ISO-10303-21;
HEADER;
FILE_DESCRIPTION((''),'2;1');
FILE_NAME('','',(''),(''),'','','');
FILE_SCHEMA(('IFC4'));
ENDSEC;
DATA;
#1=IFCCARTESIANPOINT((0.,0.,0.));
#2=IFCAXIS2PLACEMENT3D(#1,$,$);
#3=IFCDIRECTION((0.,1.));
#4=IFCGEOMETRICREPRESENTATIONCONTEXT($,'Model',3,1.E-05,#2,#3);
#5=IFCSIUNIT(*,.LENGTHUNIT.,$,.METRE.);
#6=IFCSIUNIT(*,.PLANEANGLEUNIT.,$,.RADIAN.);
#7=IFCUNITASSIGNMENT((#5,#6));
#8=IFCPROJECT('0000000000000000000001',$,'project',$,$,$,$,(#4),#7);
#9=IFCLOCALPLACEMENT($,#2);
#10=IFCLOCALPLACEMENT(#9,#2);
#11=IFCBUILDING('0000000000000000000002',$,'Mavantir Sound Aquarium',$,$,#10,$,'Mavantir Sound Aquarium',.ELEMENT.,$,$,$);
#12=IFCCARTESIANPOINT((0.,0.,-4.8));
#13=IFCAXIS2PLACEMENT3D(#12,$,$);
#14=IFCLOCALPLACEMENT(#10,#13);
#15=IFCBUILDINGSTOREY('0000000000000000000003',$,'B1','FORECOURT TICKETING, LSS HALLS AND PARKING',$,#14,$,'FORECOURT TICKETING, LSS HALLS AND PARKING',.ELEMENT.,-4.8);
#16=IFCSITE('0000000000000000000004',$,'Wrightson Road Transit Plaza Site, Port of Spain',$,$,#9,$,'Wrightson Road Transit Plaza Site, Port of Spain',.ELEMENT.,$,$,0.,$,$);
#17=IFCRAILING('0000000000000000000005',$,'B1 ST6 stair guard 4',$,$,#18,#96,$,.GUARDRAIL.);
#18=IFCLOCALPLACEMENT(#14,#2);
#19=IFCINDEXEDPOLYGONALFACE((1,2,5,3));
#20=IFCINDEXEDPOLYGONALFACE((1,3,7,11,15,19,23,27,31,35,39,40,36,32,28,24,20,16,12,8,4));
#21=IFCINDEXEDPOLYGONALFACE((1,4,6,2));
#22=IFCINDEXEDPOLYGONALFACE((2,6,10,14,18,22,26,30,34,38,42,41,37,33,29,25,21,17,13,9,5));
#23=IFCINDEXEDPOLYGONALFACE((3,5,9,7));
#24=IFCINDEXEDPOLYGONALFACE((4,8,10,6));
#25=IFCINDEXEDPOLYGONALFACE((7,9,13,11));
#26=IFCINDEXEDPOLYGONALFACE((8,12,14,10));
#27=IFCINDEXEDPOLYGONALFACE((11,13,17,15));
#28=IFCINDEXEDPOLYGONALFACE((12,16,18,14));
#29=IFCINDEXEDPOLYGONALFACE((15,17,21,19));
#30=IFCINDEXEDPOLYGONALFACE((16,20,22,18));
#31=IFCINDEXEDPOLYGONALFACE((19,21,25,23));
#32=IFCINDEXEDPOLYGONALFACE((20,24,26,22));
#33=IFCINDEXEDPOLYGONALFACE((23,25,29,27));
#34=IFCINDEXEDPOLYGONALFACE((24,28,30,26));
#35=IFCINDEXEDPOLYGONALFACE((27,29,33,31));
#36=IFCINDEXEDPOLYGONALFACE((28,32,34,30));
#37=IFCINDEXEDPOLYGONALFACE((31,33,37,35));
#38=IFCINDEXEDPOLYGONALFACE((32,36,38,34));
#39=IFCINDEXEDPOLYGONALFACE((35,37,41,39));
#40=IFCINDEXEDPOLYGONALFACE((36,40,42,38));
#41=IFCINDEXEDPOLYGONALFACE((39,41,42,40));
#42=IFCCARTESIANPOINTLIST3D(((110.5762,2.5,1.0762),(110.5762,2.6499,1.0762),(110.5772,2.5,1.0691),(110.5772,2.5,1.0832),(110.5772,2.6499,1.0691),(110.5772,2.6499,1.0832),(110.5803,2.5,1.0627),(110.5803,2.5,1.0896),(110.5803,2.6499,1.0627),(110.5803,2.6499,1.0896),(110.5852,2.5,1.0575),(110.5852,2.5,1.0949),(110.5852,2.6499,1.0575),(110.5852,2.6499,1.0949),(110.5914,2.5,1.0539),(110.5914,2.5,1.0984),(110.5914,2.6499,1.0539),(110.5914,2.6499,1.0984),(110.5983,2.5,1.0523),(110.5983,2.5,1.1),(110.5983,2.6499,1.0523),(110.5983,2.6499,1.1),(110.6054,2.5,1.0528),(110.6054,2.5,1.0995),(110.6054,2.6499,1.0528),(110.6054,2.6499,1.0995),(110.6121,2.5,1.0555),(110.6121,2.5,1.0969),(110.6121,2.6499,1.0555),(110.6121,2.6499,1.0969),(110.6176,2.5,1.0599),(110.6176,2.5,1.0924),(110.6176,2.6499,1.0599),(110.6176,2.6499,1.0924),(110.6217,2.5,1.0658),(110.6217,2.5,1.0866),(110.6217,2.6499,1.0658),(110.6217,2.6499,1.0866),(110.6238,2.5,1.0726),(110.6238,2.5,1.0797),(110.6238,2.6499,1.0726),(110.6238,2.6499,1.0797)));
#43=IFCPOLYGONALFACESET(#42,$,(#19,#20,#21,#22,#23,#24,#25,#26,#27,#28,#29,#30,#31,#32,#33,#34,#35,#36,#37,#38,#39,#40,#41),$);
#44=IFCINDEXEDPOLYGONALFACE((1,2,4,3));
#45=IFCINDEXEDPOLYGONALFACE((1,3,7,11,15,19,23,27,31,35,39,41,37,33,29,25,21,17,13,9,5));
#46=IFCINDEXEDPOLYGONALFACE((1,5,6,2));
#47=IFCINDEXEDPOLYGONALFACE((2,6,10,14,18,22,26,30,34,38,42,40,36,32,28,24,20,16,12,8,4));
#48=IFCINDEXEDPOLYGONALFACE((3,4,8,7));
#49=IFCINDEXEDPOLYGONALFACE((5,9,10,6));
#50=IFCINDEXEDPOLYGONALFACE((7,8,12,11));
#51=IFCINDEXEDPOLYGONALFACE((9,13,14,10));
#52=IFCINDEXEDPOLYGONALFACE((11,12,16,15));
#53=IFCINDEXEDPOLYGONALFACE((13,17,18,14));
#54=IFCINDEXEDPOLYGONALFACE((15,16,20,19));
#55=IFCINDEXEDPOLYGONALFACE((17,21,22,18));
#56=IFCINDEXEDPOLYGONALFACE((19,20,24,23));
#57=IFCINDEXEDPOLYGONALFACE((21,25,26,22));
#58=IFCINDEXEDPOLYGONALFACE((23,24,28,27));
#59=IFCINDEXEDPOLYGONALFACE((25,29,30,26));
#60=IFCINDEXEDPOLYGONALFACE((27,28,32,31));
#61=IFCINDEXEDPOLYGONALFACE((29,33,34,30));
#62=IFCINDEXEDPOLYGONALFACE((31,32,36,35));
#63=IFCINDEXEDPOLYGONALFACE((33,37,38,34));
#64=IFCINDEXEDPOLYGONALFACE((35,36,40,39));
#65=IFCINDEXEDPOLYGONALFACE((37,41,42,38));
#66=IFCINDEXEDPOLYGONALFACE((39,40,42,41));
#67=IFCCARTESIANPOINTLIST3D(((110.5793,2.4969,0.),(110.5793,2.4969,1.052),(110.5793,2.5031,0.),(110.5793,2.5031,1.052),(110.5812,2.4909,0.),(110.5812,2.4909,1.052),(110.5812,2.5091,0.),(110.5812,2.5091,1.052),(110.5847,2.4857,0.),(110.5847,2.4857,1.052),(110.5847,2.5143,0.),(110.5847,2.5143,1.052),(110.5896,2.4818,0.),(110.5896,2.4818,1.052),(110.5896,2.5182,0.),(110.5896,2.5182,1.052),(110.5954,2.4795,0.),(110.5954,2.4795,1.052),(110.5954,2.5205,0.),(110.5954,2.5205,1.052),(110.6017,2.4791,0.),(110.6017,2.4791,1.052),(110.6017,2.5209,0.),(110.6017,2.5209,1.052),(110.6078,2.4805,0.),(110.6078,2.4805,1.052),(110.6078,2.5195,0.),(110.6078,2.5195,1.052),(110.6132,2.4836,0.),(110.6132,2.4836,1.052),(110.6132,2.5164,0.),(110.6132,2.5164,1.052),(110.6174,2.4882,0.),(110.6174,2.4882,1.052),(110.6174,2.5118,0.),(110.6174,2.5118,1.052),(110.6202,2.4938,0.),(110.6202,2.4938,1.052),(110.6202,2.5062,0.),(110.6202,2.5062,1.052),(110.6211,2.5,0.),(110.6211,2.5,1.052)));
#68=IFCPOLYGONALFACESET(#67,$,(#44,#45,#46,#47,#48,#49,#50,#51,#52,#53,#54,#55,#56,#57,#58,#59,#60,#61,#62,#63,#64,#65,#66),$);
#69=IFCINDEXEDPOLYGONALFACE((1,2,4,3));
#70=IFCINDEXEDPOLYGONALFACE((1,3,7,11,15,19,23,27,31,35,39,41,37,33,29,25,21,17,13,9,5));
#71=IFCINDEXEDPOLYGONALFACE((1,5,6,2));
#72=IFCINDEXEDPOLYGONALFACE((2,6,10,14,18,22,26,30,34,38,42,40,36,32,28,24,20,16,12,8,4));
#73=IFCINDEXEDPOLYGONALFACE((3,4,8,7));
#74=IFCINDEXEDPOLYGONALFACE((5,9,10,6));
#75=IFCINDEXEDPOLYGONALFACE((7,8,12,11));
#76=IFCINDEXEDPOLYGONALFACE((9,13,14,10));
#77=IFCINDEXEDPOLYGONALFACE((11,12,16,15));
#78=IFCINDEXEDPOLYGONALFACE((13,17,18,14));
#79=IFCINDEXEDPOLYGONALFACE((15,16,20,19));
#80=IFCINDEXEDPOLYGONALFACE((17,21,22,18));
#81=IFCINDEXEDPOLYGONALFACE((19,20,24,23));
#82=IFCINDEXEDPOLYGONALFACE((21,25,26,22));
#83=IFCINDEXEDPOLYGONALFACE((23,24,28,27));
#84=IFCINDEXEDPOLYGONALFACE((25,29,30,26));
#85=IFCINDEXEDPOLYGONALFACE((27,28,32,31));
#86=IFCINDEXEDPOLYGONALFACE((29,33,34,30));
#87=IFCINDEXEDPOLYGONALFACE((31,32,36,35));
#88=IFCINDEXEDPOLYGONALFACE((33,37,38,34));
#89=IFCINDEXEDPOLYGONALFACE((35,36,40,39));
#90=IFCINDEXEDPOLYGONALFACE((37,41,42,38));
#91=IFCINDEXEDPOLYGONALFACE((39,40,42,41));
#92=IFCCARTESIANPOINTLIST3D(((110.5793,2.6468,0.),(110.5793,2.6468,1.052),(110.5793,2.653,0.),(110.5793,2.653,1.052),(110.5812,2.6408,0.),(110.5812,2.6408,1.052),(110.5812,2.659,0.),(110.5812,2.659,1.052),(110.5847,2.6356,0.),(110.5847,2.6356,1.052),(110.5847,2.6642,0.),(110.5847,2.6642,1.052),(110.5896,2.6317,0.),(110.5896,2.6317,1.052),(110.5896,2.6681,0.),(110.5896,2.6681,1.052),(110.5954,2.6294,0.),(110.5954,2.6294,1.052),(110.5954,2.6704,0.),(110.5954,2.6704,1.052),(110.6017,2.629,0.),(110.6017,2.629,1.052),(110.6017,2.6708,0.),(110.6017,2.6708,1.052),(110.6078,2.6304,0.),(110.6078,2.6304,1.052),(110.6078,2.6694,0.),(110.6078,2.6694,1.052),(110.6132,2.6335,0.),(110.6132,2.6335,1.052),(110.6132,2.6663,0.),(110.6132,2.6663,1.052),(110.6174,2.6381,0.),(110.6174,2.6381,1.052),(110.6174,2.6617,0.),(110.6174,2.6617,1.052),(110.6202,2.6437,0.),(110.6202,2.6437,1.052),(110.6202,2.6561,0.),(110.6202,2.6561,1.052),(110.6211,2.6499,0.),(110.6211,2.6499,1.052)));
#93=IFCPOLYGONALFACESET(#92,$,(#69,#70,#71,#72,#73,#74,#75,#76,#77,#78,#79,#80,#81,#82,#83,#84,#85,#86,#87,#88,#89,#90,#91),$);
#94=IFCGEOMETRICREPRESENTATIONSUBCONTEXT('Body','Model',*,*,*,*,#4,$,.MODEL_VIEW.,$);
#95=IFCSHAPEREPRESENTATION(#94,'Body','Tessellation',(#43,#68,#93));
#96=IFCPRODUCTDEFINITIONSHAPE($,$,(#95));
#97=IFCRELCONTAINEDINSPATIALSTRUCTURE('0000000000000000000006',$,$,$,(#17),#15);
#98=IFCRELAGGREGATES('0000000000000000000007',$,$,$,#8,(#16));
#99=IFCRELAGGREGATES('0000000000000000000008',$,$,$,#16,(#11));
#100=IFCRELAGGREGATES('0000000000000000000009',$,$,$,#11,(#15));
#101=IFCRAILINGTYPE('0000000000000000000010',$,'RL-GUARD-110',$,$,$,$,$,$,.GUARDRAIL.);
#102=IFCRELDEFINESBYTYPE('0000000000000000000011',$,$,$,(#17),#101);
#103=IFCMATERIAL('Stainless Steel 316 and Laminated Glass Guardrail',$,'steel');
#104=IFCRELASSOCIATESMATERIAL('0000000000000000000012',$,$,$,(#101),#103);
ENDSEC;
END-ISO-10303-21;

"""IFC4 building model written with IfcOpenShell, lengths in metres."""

from ifc_helpers import new_model, si_unit, direction, frame, origin, origin_2d, place, context, subcontext, project, spatial, circle, extrude, material, type_object, element, save


model = new_model("IFC4")

# Units and contexts
model_context = context("Model", 3, precision=1e-05, world=origin(), true_north=direction((0.0, 1.0)))
body_context = subcontext(model_context, "Body", "Model", "MODEL_VIEW")
ifc_project = project(units=[si_unit("LENGTHUNIT", "METRE"), si_unit("PLANEANGLEUNIT", "RADIAN")], contexts=[model_context])

# Site, building, storey
site_placement = place(None, origin())
site = spatial("IfcSite", under=ifc_project, at=site_placement, Name="Wrightson Road Transit Plaza Site, Port of Spain", LongName="Wrightson Road Transit Plaza Site, Port of Spain", CompositionType="ELEMENT", RefElevation=0.0)
building_placement = place(site_placement, origin())
building = spatial("IfcBuilding", under=site, at=building_placement, Name="Mavantir Sound Aquarium", LongName="Mavantir Sound Aquarium", CompositionType="ELEMENT")
storey_placement = place(building_placement, frame((0.0, 0.0, -4.8)))
storey = spatial("IfcBuildingStorey", under=building, at=storey_placement, Name="B1", Description="FORECOURT TICKETING, LSS HALLS AND PARKING", LongName="FORECOURT TICKETING, LSS HALLS AND PARKING", CompositionType="ELEMENT", Elevation=-4.8)

# Railing
ifc_material_1 = material(Name="Stainless Steel 316 and Laminated Glass Guardrail", Category="steel")
railing_type_1 = type_object("IfcRailingType", Name="RL-GUARD-110", PredefinedType="GUARDRAIL", material=ifc_material_1)
railing_1_placement = place(storey_placement, frame((110.6001, 2.5, 0.0)))
element("IfcRailing", 1, at=railing_1_placement, inside=storey, type_object=railing_type_1, Name="B1 ST6 stair guard 4", PredefinedType="GUARDRAIL", context=body_context, shape_type="SweptSolid", body=[
    extrude(circle(Radius=0.0239, at=origin_2d()), frame((0.0, 0.0, 1.0762), z_axis=(0.0, 1.0, 0.0), x_axis=(-1.0, 0.0, 0.0)), (0.0, 0.0, 1.0), 0.1499),
    extrude(circle(Radius=0.021, at=origin_2d()), origin(), (0.0, 0.0, 1.0), 1.052),
    extrude(circle(Radius=0.021, at=origin_2d()), frame((0.0, 0.1499, 0.0)), (0.0, 0.0, 1.0), 1.052),
])

save(model, "model.ifc")
